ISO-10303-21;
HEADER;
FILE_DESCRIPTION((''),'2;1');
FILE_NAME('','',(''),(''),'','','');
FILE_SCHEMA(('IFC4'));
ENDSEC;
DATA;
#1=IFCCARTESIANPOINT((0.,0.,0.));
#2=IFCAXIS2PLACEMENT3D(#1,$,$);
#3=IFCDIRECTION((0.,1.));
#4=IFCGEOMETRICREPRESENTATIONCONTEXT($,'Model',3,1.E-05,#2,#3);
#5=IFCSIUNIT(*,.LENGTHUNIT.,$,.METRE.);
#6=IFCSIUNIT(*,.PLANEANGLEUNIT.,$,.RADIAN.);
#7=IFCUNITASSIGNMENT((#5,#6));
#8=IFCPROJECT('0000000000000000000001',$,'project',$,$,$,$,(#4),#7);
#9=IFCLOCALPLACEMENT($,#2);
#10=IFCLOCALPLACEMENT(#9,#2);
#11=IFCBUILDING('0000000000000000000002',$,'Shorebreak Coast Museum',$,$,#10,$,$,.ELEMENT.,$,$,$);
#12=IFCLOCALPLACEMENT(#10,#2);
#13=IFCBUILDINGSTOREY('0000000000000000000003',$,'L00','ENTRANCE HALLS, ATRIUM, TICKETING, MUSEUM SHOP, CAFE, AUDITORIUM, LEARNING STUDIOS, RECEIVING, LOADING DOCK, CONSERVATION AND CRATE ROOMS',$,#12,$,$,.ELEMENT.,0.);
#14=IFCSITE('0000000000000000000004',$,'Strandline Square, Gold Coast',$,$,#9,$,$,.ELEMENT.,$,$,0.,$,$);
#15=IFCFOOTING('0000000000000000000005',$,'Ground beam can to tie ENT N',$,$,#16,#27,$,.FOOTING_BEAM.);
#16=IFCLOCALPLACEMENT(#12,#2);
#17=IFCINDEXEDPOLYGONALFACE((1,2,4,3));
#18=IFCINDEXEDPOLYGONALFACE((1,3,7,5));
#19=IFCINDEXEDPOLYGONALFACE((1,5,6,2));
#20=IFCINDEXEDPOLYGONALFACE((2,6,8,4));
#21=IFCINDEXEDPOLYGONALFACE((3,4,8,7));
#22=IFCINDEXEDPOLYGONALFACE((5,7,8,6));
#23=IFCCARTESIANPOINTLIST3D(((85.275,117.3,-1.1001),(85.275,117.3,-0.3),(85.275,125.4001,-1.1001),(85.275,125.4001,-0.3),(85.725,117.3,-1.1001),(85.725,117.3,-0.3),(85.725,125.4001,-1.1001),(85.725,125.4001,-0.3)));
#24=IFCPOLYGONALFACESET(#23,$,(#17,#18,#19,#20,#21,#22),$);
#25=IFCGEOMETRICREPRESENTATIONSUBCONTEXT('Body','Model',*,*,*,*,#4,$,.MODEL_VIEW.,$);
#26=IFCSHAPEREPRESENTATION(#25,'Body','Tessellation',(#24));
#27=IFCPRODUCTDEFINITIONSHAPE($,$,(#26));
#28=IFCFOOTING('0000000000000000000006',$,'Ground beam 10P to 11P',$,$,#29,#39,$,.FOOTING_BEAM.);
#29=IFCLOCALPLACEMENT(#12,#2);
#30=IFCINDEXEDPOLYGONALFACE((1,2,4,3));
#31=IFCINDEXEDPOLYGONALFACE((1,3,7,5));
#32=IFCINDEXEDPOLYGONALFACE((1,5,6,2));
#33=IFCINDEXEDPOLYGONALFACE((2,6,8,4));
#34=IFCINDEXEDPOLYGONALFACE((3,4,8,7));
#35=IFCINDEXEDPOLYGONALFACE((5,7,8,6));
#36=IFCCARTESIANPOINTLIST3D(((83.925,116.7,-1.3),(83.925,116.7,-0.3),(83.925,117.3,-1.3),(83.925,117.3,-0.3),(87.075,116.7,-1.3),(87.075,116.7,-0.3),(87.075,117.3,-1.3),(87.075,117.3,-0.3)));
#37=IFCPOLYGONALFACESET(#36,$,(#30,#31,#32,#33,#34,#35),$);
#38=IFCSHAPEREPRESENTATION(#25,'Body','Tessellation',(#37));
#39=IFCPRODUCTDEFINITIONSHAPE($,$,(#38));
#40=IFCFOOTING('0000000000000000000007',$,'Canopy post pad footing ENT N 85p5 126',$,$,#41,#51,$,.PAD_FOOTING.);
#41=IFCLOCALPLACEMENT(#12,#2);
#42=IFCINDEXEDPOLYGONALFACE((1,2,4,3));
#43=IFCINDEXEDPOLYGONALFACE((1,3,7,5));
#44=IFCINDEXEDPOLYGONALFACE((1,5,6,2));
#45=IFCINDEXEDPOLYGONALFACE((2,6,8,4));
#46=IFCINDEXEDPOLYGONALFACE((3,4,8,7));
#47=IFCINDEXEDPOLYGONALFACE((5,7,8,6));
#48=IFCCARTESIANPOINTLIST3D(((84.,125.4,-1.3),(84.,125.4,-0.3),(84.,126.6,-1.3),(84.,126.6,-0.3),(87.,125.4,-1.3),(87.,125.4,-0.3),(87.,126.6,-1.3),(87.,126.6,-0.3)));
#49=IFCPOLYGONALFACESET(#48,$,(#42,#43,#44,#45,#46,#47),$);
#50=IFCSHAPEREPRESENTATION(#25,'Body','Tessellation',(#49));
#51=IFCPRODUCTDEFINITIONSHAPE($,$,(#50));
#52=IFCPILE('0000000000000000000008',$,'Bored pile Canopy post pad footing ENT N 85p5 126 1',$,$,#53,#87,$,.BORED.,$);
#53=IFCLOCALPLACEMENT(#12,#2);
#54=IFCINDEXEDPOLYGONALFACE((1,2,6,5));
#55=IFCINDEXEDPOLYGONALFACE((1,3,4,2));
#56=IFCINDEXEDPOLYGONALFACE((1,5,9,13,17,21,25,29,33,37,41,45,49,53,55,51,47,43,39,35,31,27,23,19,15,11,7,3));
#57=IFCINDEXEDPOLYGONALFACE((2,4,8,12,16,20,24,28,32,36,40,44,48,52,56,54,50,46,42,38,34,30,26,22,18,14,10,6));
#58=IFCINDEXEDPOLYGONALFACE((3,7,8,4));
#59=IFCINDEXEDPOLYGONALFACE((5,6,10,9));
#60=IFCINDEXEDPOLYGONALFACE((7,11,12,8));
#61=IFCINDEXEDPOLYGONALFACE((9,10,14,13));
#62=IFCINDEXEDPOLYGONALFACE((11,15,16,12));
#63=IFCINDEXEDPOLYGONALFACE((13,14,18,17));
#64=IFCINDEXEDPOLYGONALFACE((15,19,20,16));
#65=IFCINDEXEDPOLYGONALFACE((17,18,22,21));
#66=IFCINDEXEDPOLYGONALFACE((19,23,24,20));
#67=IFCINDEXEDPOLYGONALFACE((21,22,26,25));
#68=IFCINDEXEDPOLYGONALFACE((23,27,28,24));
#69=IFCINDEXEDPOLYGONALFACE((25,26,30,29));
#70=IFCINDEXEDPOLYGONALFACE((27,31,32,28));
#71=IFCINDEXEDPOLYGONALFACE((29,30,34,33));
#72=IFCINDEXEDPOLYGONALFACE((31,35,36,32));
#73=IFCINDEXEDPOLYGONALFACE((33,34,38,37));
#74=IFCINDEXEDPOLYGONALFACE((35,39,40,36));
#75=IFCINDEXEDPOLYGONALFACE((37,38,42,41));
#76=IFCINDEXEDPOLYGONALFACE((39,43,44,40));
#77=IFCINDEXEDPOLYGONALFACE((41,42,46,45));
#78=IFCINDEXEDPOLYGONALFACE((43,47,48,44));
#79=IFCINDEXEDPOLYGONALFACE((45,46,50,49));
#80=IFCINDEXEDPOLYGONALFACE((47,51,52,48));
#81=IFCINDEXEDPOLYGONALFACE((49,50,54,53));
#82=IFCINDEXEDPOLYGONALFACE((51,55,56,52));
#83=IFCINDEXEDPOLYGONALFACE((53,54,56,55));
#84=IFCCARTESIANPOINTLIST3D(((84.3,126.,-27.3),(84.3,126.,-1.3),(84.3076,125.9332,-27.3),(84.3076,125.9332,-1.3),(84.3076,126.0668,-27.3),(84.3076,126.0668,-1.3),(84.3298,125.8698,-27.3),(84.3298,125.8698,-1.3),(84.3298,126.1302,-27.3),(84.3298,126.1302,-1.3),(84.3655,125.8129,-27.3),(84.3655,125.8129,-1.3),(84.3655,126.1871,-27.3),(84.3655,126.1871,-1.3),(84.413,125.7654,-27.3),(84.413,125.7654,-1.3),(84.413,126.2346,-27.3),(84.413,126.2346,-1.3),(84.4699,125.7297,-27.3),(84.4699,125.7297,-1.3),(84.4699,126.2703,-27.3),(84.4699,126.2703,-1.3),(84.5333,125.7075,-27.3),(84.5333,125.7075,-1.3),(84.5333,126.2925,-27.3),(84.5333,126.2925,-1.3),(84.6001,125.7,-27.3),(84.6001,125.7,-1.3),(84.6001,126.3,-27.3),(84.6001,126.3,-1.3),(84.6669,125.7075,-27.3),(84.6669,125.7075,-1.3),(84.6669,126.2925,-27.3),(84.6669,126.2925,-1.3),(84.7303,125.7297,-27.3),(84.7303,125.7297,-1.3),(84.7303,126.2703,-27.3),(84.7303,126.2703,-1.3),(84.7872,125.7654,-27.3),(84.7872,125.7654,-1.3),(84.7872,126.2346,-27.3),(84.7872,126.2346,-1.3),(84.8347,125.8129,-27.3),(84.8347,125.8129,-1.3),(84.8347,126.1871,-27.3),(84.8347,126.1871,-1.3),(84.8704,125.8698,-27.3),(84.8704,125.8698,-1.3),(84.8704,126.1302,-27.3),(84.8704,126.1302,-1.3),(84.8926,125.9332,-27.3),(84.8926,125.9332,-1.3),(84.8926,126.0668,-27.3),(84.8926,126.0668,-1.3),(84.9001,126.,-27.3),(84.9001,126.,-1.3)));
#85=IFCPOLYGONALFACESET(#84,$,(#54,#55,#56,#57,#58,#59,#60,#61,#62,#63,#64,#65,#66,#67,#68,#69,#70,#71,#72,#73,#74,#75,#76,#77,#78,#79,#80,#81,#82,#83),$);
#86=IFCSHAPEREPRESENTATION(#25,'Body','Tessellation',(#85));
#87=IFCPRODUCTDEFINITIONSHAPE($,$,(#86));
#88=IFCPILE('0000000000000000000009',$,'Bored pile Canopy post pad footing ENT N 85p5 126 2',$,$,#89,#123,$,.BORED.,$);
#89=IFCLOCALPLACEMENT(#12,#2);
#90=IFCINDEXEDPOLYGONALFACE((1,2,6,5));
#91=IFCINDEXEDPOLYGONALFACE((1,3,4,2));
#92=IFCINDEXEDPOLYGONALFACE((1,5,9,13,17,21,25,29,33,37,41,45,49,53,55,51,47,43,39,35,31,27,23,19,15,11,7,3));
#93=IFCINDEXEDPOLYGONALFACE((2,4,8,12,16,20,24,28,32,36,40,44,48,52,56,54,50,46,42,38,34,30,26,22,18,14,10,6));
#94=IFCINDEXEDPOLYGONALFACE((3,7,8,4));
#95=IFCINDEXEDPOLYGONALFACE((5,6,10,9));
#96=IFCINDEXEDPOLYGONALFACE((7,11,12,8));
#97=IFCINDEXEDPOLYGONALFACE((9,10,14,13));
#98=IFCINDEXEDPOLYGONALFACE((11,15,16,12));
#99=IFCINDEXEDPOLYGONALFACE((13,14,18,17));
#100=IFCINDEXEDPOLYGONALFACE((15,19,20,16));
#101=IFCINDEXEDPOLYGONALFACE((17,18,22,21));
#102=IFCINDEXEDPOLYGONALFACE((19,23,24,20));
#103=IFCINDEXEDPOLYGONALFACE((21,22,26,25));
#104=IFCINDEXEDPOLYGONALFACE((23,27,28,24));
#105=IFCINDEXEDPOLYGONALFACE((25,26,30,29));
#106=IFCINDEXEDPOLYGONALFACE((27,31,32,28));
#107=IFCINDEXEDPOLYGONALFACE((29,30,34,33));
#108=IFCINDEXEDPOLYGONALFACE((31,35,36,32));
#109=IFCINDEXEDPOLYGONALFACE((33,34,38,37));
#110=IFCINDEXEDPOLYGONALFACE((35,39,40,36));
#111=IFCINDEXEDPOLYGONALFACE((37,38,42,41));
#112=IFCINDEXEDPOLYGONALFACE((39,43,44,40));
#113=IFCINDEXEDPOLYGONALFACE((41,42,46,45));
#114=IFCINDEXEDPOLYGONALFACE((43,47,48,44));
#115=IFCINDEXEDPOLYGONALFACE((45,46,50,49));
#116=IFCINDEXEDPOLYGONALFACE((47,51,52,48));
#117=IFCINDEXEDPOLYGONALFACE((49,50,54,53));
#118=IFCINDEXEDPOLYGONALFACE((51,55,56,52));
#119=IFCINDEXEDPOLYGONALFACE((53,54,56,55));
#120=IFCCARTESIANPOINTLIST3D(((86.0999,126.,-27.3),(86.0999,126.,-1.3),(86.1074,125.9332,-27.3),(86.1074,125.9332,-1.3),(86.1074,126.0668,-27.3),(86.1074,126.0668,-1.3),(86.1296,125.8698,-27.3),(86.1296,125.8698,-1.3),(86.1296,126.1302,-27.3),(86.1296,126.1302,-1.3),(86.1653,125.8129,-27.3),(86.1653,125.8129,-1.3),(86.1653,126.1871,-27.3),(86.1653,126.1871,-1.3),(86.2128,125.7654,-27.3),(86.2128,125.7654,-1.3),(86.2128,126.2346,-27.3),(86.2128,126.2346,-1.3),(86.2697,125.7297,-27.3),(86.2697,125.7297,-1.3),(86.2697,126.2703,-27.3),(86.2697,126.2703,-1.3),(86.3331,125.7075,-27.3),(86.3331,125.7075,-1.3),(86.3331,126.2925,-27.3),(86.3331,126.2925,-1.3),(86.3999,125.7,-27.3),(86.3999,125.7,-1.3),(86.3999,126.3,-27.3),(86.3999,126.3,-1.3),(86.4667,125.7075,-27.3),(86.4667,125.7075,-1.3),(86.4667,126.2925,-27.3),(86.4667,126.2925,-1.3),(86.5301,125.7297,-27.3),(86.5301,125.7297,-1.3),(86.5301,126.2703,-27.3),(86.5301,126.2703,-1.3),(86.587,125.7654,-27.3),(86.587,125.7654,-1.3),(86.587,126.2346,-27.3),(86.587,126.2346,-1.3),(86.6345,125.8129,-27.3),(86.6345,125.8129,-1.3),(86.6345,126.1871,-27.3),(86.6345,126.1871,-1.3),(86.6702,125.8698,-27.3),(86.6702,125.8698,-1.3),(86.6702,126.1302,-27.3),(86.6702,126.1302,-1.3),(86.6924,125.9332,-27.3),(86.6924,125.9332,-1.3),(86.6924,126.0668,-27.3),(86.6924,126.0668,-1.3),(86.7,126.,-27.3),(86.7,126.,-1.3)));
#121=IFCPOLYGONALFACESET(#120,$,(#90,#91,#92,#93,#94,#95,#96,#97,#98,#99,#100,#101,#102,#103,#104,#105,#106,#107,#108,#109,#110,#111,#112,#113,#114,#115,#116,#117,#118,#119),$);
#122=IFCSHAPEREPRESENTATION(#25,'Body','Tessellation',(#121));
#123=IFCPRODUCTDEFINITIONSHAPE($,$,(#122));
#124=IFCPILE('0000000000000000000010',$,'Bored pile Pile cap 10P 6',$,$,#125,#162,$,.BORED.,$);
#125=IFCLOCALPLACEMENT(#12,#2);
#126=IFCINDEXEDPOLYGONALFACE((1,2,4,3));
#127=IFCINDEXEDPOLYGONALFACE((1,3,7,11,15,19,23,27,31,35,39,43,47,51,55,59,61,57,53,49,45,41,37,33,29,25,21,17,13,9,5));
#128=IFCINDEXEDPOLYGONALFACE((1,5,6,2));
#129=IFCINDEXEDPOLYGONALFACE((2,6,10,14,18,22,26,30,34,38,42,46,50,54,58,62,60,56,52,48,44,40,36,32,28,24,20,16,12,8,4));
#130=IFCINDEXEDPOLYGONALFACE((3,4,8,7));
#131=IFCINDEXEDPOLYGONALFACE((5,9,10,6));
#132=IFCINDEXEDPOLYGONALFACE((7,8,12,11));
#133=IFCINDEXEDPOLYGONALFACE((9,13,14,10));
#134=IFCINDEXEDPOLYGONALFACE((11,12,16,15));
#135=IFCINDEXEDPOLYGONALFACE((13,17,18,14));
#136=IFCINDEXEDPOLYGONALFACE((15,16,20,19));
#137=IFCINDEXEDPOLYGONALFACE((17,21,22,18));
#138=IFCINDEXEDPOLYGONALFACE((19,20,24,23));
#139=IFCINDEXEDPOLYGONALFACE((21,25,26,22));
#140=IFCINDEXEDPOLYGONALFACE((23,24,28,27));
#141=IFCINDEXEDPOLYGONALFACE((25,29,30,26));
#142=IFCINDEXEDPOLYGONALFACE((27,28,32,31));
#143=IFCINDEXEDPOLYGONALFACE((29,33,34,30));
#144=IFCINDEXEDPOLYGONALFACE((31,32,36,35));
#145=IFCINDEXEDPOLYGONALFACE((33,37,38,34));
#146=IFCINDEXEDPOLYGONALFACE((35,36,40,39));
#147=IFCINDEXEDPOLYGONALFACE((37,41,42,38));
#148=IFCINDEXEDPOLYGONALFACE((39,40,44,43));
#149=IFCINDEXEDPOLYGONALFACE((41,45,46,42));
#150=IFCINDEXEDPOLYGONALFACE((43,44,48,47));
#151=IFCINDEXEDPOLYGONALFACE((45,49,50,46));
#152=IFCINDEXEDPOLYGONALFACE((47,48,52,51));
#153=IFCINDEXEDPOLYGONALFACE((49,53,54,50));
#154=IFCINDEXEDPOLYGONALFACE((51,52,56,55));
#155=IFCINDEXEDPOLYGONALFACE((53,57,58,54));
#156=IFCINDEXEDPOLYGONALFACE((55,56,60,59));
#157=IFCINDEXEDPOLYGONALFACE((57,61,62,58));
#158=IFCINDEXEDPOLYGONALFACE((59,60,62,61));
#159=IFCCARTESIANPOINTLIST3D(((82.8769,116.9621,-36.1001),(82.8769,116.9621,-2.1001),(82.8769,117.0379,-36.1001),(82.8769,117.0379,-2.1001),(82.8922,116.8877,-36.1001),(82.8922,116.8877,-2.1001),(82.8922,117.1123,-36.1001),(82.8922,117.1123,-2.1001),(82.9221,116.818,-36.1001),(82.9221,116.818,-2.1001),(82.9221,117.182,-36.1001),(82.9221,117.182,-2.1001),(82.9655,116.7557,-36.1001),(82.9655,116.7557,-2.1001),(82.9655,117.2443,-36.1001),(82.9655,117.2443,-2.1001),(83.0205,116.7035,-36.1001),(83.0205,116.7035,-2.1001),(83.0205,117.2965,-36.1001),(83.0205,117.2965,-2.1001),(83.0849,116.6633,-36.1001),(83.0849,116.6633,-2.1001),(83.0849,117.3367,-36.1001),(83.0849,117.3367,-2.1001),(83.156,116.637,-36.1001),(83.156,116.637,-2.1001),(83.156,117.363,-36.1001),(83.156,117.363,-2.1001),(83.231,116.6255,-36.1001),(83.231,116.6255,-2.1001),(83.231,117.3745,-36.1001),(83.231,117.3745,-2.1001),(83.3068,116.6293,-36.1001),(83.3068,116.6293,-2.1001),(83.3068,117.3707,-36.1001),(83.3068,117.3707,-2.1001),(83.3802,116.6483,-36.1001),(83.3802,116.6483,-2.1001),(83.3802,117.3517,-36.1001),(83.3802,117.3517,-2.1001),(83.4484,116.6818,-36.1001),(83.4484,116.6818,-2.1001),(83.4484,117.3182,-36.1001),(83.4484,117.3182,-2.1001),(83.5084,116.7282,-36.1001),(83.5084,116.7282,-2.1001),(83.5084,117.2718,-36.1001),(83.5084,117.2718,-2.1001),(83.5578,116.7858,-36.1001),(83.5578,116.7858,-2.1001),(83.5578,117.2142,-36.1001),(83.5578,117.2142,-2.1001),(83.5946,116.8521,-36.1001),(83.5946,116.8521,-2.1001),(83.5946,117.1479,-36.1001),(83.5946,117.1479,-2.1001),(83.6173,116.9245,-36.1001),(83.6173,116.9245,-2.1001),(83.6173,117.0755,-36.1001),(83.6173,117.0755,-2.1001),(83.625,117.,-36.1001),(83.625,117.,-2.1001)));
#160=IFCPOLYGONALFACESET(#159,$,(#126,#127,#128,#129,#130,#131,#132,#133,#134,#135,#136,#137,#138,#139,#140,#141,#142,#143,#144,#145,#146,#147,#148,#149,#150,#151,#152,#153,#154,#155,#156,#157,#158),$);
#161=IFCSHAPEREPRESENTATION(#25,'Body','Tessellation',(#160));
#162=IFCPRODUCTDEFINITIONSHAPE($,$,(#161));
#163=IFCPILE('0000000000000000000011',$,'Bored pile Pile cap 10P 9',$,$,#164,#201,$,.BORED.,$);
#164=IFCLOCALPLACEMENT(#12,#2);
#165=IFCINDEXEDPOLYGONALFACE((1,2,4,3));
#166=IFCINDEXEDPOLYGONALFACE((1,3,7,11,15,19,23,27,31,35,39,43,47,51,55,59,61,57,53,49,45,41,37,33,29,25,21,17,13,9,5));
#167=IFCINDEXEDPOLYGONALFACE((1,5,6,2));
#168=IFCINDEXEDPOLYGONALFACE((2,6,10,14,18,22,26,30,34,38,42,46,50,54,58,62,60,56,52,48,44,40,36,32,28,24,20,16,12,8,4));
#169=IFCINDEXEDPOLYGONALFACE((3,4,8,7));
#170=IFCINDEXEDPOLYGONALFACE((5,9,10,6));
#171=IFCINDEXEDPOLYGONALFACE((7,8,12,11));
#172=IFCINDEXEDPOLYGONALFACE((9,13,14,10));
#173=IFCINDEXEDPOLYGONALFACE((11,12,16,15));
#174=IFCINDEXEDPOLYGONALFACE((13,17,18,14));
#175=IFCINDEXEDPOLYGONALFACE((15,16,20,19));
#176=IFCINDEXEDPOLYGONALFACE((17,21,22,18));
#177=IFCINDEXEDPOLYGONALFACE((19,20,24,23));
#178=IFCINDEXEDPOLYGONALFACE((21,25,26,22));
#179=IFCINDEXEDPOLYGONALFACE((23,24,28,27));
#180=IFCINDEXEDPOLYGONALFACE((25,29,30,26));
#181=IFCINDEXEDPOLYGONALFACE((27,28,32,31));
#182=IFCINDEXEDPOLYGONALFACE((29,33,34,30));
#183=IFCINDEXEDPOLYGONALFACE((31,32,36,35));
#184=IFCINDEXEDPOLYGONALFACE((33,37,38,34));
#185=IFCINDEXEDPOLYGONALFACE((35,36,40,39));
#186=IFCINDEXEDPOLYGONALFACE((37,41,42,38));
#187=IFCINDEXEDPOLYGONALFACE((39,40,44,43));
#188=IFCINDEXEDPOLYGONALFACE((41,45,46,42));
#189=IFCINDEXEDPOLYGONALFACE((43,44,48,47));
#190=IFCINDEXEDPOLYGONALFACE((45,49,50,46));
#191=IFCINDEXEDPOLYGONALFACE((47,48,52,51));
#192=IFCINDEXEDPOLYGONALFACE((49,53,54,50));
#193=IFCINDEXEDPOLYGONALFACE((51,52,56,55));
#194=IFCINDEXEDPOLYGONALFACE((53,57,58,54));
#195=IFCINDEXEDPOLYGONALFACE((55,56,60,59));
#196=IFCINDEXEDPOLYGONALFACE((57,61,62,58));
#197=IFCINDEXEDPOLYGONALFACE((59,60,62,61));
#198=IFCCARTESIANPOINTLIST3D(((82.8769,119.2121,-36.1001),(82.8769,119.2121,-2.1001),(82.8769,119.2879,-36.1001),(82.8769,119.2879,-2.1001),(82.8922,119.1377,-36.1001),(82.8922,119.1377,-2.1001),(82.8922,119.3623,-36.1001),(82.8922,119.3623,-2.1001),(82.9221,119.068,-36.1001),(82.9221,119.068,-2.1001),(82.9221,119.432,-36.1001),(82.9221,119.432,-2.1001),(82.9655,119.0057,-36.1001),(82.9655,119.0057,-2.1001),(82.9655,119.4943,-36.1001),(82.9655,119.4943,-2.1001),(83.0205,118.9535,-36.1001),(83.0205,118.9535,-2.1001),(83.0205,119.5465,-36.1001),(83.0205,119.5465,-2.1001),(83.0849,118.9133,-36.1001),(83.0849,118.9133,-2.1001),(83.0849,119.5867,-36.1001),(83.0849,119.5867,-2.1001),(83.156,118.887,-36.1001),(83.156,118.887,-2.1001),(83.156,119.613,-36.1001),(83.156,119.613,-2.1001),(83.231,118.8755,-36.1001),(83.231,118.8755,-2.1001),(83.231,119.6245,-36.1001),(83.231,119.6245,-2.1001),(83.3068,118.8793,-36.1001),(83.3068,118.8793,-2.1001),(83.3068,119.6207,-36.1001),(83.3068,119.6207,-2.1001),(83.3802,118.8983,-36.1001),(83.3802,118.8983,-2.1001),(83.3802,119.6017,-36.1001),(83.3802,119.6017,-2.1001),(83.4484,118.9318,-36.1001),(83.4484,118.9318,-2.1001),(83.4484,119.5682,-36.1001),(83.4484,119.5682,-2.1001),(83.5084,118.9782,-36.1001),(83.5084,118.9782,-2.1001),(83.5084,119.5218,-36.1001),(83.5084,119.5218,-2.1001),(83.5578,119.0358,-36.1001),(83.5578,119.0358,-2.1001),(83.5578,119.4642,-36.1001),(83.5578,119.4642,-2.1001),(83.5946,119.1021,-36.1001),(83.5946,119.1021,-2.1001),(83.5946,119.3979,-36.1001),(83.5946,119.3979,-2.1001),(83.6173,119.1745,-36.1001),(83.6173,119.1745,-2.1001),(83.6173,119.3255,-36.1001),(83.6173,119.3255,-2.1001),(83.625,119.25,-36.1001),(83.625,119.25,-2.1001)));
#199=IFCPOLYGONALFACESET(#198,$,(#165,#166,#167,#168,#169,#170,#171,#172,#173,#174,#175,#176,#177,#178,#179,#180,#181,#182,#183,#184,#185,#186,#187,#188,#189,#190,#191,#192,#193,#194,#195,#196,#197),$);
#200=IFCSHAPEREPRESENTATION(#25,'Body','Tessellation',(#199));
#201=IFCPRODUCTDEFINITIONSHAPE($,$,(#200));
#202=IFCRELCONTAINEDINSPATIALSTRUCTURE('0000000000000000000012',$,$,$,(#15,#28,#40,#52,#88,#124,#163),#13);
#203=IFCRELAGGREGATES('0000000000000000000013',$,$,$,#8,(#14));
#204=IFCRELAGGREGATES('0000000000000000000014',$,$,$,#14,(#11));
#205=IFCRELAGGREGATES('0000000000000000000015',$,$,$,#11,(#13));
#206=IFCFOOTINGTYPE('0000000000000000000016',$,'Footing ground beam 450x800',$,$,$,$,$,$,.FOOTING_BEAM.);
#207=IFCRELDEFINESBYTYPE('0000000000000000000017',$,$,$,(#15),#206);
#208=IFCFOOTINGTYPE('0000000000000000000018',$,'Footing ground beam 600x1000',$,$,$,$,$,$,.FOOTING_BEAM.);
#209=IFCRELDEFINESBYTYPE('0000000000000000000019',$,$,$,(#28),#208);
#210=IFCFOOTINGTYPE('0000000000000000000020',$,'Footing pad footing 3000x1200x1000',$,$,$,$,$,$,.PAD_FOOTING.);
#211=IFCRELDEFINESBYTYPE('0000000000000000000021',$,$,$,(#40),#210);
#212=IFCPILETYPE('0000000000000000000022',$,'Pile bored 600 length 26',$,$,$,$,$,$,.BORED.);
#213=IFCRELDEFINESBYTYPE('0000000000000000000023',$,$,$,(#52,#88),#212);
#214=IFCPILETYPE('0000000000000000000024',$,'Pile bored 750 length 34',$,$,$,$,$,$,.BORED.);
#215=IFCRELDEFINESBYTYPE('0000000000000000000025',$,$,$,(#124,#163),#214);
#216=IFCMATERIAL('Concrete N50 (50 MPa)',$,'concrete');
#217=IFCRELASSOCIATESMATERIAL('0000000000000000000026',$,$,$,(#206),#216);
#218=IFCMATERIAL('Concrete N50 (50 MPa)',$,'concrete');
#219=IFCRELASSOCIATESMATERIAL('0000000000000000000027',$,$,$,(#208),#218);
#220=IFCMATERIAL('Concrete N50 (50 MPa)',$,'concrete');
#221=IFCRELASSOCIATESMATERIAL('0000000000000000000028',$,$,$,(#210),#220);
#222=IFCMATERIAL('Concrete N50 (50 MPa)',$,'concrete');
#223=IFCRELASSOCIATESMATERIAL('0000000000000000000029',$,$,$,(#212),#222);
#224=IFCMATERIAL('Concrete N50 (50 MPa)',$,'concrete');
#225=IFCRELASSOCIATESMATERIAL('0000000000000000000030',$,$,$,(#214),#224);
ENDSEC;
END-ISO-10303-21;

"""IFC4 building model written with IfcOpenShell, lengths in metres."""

from ifc_helpers import new_model, si_unit, direction, frame, origin, origin_2d, place, context, subcontext, project, spatial, rectangle, circle, extrude, material, material_profile, profile_set, type_object, element, save


model = new_model("IFC4")

# Units and contexts
model_context = context("Model", 3, precision=1e-05, world=origin(), true_north=direction((0.0, 1.0)))
body_context = subcontext(model_context, "Body", "Model", "MODEL_VIEW")
ifc_project = project(units=[si_unit("LENGTHUNIT", "METRE"), si_unit("PLANEANGLEUNIT", "RADIAN")], contexts=[model_context])

# Site, building, storey
site_placement = place(None, origin())
site = spatial("IfcSite", under=ifc_project, at=site_placement, Name="Strandline Square, Gold Coast", CompositionType="ELEMENT", RefElevation=0.0)
building_placement = place(site_placement, origin())
building = spatial("IfcBuilding", under=site, at=building_placement, Name="Shorebreak Coast Museum", CompositionType="ELEMENT")
storey_placement = place(building_placement, origin())
storey = spatial("IfcBuildingStorey", under=building, at=storey_placement, Name="L00", Description="ENTRANCE HALLS, ATRIUM, TICKETING, MUSEUM SHOP, CAFE, AUDITORIUM, LEARNING STUDIOS, RECEIVING, LOADING DOCK, CONSERVATION AND CRATE ROOMS", CompositionType="ELEMENT", Elevation=0.0)

# Footings
ifc_material_1 = material(Name="Concrete N50 (50 MPa)", Category="concrete")
footing_type_1 = type_object("IfcFootingType", Name="Footing ground beam 450x800", PredefinedType="FOOTING_BEAM", material=ifc_material_1)
footing_1_placement = place(storey_placement, frame((85.5, 121.3501, -1.1001), z_axis=(0.0, 0.0, 1.0), x_axis=(1.0, 0.0, 0.0)))
element("IfcFooting", 1, at=footing_1_placement, inside=storey, type_object=footing_type_1, Name="Ground beam can to tie ENT N", PredefinedType="FOOTING_BEAM", context=body_context, shape_type="SweptSolid", body=[
    extrude(rectangle(XDim=0.45, YDim=8.1001, at=origin_2d()), origin(), (0.0, 0.0, 1.0), 0.8),
])
ifc_material_2 = material(Name="Concrete N50 (50 MPa)", Category="concrete")
footing_type_2 = type_object("IfcFootingType", Name="Footing ground beam 600x1000", PredefinedType="FOOTING_BEAM", material=ifc_material_2)
footing_2_placement = place(storey_placement, frame((85.5, 117.0, -1.3), z_axis=(0.0, 0.0, 1.0), x_axis=(1.0, 0.0, 0.0)))
element("IfcFooting", 2, at=footing_2_placement, inside=storey, type_object=footing_type_2, Name="Ground beam 10P to 11P", PredefinedType="FOOTING_BEAM", context=body_context, shape_type="SweptSolid", body=[
    extrude(rectangle(XDim=3.1499, YDim=0.6001, at=origin_2d()), origin(), (0.0, 0.0, 1.0), 1.0),
])
ifc_material_3 = material(Name="Concrete N50 (50 MPa)", Category="concrete")
footing_type_3 = type_object("IfcFootingType", Name="Footing pad footing 3000x1200x1000", PredefinedType="PAD_FOOTING", material=ifc_material_3)
footing_3_placement = place(storey_placement, frame((85.5, 126.0, -1.3), z_axis=(0.0, 0.0, 1.0), x_axis=(1.0, 0.0, 0.0)))
element("IfcFooting", 3, at=footing_3_placement, inside=storey, type_object=footing_type_3, Name="Canopy post pad footing ENT N 85p5 126", PredefinedType="PAD_FOOTING", context=body_context, shape_type="SweptSolid", body=[
    extrude(rectangle(XDim=3.0, YDim=1.2, at=origin_2d()), origin(), (0.0, 0.0, 1.0), 1.0),
])

# Piles
ifc_material_4 = material(Name="Concrete N50 (50 MPa)", Category="concrete")
ifc_material_profile_1 = material_profile(ifc_material_4, circle(Radius=0.3, at=origin_2d()), Name="Pile bored 600 length 26")
ifc_profile_set_1 = profile_set([ifc_material_profile_1], Name="Concrete N50 (50 MPa)")
pile_type_1 = type_object("IfcPileType", Name="Pile bored 600 length 26", PredefinedType="BORED", material=ifc_profile_set_1)
for number, where, z_axis, x_axis, name in (
    (4, (84.6001, 126.0, -1.3), (0.0, 0.0, -1.0), (1.0, 0.0, 0.0), "Bored pile Canopy post pad footing ENT N 85p5 126 1"),
    (5, (86.3999, 126.0, -1.3), (0.0, 0.0, -1.0), (1.0, 0.0, 0.0), "Bored pile Canopy post pad footing ENT N 85p5 126 2"),
):
    element("IfcPile", number, at=place(storey_placement, frame(where, z_axis=z_axis, x_axis=x_axis)), inside=storey, type_object=pile_type_1, Name=name, PredefinedType="BORED", context=body_context, shape_type="SweptSolid", body=[
        extrude(circle(Radius=0.3, at=origin_2d()), origin(), (0.0, 0.0, 1.0), 26.0),
    ])
ifc_material_5 = material(Name="Concrete N50 (50 MPa)", Category="concrete")
ifc_material_profile_2 = material_profile(ifc_material_5, circle(Radius=0.375, at=origin_2d()), Name="Pile bored 750 length 34")
ifc_profile_set_2 = profile_set([ifc_material_profile_2], Name="Concrete N50 (50 MPa)")
pile_type_2 = type_object("IfcPileType", Name="Pile bored 750 length 34", PredefinedType="BORED", material=ifc_profile_set_2)
for number, where, z_axis, x_axis, name in (
    (6, (83.25, 117.0, -2.1001), (0.0, 0.0, -1.0), (1.0, 0.0, 0.0), "Bored pile Pile cap 10P 6"),
    (7, (83.25, 119.25, -2.1001), (0.0, 0.0, -1.0), (1.0, 0.0, 0.0), "Bored pile Pile cap 10P 9"),
):
    element("IfcPile", number, at=place(storey_placement, frame(where, z_axis=z_axis, x_axis=x_axis)), inside=storey, type_object=pile_type_2, Name=name, PredefinedType="BORED", context=body_context, shape_type="SweptSolid", body=[
        extrude(circle(Radius=0.375, at=origin_2d()), origin(), (0.0, 0.0, 1.0), 34.0),
    ])

save(model, "model.ifc")
